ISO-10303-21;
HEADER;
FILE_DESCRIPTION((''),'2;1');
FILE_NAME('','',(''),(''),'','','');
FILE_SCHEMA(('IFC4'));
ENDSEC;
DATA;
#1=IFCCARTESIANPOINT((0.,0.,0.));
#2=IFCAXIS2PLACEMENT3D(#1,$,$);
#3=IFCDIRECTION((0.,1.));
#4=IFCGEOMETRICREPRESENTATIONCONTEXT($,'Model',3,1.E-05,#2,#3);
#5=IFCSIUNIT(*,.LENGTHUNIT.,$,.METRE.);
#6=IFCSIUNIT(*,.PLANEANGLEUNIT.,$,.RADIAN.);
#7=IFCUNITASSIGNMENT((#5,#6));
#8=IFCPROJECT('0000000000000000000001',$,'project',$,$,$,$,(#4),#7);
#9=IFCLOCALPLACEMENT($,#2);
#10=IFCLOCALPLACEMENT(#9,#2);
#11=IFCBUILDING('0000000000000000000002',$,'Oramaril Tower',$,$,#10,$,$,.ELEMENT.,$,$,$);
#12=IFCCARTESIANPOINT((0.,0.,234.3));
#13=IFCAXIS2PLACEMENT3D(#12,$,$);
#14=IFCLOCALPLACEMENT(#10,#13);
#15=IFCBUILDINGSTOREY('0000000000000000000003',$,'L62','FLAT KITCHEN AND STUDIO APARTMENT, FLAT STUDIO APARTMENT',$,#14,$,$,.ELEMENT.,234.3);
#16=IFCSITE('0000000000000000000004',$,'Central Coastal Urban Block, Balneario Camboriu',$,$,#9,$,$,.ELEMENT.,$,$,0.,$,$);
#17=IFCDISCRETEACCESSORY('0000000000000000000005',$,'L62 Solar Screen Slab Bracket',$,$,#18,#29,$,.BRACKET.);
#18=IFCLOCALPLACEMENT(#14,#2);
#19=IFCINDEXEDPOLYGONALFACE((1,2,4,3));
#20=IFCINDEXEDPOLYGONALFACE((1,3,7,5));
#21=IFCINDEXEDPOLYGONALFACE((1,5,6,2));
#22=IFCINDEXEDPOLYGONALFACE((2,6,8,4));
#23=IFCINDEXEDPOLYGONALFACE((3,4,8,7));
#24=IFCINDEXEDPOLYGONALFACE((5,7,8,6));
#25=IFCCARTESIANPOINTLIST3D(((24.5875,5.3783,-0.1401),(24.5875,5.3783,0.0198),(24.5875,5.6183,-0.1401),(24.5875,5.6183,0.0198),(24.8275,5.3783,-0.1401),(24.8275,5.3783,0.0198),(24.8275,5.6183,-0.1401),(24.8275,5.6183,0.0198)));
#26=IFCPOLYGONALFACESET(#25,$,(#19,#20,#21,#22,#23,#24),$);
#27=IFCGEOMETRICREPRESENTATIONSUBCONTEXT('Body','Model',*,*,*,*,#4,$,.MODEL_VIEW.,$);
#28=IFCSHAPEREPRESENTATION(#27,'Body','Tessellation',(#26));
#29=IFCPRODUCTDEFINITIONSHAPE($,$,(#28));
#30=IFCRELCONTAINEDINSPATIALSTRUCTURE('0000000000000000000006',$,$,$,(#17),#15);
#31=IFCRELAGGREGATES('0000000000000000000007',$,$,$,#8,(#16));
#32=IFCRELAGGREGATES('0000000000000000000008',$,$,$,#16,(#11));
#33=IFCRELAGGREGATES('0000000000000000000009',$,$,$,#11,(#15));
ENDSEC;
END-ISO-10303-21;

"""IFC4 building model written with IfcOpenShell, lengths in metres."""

from ifc_helpers import new_model, si_unit, direction, frame, origin, origin_2d, place, context, subcontext, project, spatial, rectangle, extrude, element, save


model = new_model("IFC4")

# Units and contexts
model_context = context("Model", 3, precision=1e-05, world=origin(), true_north=direction((0.0, 1.0)))
body_context = subcontext(model_context, "Body", "Model", "MODEL_VIEW")
ifc_project = project(units=[si_unit("LENGTHUNIT", "METRE"), si_unit("PLANEANGLEUNIT", "RADIAN")], contexts=[model_context])

# Site, building, storey
site_placement = place(None, origin())
site = spatial("IfcSite", under=ifc_project, at=site_placement, Name="Central Coastal Urban Block, Balneario Camboriu", CompositionType="ELEMENT", RefElevation=0.0)
building_placement = place(site_placement, origin())
building = spatial("IfcBuilding", under=site, at=building_placement, Name="Oramaril Tower", CompositionType="ELEMENT")
storey_placement = place(building_placement, frame((0.0, 0.0, 234.3)))
storey = spatial("IfcBuildingStorey", under=building, at=storey_placement, Name="L62", Description="FLAT KITCHEN AND STUDIO APARTMENT, FLAT STUDIO APARTMENT", CompositionType="ELEMENT", Elevation=234.3)

# Discrete accessory
discrete_accessory_placement = place(storey_placement, frame((24.7075, 5.4983, -0.1401), z_axis=(0.0, 0.0, 1.0), x_axis=(1.0, 0.0, 0.0)))
element("IfcDiscreteAccessory", 1, at=discrete_accessory_placement, inside=storey, Name="L62 Solar Screen Slab Bracket", PredefinedType="BRACKET", context=body_context, shape_type="SweptSolid", body=[
    extrude(rectangle(XDim=0.24, YDim=0.24, at=origin_2d()), origin(), (0.0, 0.0, 1.0), 0.1599),
])

save(model, "model.ifc")
